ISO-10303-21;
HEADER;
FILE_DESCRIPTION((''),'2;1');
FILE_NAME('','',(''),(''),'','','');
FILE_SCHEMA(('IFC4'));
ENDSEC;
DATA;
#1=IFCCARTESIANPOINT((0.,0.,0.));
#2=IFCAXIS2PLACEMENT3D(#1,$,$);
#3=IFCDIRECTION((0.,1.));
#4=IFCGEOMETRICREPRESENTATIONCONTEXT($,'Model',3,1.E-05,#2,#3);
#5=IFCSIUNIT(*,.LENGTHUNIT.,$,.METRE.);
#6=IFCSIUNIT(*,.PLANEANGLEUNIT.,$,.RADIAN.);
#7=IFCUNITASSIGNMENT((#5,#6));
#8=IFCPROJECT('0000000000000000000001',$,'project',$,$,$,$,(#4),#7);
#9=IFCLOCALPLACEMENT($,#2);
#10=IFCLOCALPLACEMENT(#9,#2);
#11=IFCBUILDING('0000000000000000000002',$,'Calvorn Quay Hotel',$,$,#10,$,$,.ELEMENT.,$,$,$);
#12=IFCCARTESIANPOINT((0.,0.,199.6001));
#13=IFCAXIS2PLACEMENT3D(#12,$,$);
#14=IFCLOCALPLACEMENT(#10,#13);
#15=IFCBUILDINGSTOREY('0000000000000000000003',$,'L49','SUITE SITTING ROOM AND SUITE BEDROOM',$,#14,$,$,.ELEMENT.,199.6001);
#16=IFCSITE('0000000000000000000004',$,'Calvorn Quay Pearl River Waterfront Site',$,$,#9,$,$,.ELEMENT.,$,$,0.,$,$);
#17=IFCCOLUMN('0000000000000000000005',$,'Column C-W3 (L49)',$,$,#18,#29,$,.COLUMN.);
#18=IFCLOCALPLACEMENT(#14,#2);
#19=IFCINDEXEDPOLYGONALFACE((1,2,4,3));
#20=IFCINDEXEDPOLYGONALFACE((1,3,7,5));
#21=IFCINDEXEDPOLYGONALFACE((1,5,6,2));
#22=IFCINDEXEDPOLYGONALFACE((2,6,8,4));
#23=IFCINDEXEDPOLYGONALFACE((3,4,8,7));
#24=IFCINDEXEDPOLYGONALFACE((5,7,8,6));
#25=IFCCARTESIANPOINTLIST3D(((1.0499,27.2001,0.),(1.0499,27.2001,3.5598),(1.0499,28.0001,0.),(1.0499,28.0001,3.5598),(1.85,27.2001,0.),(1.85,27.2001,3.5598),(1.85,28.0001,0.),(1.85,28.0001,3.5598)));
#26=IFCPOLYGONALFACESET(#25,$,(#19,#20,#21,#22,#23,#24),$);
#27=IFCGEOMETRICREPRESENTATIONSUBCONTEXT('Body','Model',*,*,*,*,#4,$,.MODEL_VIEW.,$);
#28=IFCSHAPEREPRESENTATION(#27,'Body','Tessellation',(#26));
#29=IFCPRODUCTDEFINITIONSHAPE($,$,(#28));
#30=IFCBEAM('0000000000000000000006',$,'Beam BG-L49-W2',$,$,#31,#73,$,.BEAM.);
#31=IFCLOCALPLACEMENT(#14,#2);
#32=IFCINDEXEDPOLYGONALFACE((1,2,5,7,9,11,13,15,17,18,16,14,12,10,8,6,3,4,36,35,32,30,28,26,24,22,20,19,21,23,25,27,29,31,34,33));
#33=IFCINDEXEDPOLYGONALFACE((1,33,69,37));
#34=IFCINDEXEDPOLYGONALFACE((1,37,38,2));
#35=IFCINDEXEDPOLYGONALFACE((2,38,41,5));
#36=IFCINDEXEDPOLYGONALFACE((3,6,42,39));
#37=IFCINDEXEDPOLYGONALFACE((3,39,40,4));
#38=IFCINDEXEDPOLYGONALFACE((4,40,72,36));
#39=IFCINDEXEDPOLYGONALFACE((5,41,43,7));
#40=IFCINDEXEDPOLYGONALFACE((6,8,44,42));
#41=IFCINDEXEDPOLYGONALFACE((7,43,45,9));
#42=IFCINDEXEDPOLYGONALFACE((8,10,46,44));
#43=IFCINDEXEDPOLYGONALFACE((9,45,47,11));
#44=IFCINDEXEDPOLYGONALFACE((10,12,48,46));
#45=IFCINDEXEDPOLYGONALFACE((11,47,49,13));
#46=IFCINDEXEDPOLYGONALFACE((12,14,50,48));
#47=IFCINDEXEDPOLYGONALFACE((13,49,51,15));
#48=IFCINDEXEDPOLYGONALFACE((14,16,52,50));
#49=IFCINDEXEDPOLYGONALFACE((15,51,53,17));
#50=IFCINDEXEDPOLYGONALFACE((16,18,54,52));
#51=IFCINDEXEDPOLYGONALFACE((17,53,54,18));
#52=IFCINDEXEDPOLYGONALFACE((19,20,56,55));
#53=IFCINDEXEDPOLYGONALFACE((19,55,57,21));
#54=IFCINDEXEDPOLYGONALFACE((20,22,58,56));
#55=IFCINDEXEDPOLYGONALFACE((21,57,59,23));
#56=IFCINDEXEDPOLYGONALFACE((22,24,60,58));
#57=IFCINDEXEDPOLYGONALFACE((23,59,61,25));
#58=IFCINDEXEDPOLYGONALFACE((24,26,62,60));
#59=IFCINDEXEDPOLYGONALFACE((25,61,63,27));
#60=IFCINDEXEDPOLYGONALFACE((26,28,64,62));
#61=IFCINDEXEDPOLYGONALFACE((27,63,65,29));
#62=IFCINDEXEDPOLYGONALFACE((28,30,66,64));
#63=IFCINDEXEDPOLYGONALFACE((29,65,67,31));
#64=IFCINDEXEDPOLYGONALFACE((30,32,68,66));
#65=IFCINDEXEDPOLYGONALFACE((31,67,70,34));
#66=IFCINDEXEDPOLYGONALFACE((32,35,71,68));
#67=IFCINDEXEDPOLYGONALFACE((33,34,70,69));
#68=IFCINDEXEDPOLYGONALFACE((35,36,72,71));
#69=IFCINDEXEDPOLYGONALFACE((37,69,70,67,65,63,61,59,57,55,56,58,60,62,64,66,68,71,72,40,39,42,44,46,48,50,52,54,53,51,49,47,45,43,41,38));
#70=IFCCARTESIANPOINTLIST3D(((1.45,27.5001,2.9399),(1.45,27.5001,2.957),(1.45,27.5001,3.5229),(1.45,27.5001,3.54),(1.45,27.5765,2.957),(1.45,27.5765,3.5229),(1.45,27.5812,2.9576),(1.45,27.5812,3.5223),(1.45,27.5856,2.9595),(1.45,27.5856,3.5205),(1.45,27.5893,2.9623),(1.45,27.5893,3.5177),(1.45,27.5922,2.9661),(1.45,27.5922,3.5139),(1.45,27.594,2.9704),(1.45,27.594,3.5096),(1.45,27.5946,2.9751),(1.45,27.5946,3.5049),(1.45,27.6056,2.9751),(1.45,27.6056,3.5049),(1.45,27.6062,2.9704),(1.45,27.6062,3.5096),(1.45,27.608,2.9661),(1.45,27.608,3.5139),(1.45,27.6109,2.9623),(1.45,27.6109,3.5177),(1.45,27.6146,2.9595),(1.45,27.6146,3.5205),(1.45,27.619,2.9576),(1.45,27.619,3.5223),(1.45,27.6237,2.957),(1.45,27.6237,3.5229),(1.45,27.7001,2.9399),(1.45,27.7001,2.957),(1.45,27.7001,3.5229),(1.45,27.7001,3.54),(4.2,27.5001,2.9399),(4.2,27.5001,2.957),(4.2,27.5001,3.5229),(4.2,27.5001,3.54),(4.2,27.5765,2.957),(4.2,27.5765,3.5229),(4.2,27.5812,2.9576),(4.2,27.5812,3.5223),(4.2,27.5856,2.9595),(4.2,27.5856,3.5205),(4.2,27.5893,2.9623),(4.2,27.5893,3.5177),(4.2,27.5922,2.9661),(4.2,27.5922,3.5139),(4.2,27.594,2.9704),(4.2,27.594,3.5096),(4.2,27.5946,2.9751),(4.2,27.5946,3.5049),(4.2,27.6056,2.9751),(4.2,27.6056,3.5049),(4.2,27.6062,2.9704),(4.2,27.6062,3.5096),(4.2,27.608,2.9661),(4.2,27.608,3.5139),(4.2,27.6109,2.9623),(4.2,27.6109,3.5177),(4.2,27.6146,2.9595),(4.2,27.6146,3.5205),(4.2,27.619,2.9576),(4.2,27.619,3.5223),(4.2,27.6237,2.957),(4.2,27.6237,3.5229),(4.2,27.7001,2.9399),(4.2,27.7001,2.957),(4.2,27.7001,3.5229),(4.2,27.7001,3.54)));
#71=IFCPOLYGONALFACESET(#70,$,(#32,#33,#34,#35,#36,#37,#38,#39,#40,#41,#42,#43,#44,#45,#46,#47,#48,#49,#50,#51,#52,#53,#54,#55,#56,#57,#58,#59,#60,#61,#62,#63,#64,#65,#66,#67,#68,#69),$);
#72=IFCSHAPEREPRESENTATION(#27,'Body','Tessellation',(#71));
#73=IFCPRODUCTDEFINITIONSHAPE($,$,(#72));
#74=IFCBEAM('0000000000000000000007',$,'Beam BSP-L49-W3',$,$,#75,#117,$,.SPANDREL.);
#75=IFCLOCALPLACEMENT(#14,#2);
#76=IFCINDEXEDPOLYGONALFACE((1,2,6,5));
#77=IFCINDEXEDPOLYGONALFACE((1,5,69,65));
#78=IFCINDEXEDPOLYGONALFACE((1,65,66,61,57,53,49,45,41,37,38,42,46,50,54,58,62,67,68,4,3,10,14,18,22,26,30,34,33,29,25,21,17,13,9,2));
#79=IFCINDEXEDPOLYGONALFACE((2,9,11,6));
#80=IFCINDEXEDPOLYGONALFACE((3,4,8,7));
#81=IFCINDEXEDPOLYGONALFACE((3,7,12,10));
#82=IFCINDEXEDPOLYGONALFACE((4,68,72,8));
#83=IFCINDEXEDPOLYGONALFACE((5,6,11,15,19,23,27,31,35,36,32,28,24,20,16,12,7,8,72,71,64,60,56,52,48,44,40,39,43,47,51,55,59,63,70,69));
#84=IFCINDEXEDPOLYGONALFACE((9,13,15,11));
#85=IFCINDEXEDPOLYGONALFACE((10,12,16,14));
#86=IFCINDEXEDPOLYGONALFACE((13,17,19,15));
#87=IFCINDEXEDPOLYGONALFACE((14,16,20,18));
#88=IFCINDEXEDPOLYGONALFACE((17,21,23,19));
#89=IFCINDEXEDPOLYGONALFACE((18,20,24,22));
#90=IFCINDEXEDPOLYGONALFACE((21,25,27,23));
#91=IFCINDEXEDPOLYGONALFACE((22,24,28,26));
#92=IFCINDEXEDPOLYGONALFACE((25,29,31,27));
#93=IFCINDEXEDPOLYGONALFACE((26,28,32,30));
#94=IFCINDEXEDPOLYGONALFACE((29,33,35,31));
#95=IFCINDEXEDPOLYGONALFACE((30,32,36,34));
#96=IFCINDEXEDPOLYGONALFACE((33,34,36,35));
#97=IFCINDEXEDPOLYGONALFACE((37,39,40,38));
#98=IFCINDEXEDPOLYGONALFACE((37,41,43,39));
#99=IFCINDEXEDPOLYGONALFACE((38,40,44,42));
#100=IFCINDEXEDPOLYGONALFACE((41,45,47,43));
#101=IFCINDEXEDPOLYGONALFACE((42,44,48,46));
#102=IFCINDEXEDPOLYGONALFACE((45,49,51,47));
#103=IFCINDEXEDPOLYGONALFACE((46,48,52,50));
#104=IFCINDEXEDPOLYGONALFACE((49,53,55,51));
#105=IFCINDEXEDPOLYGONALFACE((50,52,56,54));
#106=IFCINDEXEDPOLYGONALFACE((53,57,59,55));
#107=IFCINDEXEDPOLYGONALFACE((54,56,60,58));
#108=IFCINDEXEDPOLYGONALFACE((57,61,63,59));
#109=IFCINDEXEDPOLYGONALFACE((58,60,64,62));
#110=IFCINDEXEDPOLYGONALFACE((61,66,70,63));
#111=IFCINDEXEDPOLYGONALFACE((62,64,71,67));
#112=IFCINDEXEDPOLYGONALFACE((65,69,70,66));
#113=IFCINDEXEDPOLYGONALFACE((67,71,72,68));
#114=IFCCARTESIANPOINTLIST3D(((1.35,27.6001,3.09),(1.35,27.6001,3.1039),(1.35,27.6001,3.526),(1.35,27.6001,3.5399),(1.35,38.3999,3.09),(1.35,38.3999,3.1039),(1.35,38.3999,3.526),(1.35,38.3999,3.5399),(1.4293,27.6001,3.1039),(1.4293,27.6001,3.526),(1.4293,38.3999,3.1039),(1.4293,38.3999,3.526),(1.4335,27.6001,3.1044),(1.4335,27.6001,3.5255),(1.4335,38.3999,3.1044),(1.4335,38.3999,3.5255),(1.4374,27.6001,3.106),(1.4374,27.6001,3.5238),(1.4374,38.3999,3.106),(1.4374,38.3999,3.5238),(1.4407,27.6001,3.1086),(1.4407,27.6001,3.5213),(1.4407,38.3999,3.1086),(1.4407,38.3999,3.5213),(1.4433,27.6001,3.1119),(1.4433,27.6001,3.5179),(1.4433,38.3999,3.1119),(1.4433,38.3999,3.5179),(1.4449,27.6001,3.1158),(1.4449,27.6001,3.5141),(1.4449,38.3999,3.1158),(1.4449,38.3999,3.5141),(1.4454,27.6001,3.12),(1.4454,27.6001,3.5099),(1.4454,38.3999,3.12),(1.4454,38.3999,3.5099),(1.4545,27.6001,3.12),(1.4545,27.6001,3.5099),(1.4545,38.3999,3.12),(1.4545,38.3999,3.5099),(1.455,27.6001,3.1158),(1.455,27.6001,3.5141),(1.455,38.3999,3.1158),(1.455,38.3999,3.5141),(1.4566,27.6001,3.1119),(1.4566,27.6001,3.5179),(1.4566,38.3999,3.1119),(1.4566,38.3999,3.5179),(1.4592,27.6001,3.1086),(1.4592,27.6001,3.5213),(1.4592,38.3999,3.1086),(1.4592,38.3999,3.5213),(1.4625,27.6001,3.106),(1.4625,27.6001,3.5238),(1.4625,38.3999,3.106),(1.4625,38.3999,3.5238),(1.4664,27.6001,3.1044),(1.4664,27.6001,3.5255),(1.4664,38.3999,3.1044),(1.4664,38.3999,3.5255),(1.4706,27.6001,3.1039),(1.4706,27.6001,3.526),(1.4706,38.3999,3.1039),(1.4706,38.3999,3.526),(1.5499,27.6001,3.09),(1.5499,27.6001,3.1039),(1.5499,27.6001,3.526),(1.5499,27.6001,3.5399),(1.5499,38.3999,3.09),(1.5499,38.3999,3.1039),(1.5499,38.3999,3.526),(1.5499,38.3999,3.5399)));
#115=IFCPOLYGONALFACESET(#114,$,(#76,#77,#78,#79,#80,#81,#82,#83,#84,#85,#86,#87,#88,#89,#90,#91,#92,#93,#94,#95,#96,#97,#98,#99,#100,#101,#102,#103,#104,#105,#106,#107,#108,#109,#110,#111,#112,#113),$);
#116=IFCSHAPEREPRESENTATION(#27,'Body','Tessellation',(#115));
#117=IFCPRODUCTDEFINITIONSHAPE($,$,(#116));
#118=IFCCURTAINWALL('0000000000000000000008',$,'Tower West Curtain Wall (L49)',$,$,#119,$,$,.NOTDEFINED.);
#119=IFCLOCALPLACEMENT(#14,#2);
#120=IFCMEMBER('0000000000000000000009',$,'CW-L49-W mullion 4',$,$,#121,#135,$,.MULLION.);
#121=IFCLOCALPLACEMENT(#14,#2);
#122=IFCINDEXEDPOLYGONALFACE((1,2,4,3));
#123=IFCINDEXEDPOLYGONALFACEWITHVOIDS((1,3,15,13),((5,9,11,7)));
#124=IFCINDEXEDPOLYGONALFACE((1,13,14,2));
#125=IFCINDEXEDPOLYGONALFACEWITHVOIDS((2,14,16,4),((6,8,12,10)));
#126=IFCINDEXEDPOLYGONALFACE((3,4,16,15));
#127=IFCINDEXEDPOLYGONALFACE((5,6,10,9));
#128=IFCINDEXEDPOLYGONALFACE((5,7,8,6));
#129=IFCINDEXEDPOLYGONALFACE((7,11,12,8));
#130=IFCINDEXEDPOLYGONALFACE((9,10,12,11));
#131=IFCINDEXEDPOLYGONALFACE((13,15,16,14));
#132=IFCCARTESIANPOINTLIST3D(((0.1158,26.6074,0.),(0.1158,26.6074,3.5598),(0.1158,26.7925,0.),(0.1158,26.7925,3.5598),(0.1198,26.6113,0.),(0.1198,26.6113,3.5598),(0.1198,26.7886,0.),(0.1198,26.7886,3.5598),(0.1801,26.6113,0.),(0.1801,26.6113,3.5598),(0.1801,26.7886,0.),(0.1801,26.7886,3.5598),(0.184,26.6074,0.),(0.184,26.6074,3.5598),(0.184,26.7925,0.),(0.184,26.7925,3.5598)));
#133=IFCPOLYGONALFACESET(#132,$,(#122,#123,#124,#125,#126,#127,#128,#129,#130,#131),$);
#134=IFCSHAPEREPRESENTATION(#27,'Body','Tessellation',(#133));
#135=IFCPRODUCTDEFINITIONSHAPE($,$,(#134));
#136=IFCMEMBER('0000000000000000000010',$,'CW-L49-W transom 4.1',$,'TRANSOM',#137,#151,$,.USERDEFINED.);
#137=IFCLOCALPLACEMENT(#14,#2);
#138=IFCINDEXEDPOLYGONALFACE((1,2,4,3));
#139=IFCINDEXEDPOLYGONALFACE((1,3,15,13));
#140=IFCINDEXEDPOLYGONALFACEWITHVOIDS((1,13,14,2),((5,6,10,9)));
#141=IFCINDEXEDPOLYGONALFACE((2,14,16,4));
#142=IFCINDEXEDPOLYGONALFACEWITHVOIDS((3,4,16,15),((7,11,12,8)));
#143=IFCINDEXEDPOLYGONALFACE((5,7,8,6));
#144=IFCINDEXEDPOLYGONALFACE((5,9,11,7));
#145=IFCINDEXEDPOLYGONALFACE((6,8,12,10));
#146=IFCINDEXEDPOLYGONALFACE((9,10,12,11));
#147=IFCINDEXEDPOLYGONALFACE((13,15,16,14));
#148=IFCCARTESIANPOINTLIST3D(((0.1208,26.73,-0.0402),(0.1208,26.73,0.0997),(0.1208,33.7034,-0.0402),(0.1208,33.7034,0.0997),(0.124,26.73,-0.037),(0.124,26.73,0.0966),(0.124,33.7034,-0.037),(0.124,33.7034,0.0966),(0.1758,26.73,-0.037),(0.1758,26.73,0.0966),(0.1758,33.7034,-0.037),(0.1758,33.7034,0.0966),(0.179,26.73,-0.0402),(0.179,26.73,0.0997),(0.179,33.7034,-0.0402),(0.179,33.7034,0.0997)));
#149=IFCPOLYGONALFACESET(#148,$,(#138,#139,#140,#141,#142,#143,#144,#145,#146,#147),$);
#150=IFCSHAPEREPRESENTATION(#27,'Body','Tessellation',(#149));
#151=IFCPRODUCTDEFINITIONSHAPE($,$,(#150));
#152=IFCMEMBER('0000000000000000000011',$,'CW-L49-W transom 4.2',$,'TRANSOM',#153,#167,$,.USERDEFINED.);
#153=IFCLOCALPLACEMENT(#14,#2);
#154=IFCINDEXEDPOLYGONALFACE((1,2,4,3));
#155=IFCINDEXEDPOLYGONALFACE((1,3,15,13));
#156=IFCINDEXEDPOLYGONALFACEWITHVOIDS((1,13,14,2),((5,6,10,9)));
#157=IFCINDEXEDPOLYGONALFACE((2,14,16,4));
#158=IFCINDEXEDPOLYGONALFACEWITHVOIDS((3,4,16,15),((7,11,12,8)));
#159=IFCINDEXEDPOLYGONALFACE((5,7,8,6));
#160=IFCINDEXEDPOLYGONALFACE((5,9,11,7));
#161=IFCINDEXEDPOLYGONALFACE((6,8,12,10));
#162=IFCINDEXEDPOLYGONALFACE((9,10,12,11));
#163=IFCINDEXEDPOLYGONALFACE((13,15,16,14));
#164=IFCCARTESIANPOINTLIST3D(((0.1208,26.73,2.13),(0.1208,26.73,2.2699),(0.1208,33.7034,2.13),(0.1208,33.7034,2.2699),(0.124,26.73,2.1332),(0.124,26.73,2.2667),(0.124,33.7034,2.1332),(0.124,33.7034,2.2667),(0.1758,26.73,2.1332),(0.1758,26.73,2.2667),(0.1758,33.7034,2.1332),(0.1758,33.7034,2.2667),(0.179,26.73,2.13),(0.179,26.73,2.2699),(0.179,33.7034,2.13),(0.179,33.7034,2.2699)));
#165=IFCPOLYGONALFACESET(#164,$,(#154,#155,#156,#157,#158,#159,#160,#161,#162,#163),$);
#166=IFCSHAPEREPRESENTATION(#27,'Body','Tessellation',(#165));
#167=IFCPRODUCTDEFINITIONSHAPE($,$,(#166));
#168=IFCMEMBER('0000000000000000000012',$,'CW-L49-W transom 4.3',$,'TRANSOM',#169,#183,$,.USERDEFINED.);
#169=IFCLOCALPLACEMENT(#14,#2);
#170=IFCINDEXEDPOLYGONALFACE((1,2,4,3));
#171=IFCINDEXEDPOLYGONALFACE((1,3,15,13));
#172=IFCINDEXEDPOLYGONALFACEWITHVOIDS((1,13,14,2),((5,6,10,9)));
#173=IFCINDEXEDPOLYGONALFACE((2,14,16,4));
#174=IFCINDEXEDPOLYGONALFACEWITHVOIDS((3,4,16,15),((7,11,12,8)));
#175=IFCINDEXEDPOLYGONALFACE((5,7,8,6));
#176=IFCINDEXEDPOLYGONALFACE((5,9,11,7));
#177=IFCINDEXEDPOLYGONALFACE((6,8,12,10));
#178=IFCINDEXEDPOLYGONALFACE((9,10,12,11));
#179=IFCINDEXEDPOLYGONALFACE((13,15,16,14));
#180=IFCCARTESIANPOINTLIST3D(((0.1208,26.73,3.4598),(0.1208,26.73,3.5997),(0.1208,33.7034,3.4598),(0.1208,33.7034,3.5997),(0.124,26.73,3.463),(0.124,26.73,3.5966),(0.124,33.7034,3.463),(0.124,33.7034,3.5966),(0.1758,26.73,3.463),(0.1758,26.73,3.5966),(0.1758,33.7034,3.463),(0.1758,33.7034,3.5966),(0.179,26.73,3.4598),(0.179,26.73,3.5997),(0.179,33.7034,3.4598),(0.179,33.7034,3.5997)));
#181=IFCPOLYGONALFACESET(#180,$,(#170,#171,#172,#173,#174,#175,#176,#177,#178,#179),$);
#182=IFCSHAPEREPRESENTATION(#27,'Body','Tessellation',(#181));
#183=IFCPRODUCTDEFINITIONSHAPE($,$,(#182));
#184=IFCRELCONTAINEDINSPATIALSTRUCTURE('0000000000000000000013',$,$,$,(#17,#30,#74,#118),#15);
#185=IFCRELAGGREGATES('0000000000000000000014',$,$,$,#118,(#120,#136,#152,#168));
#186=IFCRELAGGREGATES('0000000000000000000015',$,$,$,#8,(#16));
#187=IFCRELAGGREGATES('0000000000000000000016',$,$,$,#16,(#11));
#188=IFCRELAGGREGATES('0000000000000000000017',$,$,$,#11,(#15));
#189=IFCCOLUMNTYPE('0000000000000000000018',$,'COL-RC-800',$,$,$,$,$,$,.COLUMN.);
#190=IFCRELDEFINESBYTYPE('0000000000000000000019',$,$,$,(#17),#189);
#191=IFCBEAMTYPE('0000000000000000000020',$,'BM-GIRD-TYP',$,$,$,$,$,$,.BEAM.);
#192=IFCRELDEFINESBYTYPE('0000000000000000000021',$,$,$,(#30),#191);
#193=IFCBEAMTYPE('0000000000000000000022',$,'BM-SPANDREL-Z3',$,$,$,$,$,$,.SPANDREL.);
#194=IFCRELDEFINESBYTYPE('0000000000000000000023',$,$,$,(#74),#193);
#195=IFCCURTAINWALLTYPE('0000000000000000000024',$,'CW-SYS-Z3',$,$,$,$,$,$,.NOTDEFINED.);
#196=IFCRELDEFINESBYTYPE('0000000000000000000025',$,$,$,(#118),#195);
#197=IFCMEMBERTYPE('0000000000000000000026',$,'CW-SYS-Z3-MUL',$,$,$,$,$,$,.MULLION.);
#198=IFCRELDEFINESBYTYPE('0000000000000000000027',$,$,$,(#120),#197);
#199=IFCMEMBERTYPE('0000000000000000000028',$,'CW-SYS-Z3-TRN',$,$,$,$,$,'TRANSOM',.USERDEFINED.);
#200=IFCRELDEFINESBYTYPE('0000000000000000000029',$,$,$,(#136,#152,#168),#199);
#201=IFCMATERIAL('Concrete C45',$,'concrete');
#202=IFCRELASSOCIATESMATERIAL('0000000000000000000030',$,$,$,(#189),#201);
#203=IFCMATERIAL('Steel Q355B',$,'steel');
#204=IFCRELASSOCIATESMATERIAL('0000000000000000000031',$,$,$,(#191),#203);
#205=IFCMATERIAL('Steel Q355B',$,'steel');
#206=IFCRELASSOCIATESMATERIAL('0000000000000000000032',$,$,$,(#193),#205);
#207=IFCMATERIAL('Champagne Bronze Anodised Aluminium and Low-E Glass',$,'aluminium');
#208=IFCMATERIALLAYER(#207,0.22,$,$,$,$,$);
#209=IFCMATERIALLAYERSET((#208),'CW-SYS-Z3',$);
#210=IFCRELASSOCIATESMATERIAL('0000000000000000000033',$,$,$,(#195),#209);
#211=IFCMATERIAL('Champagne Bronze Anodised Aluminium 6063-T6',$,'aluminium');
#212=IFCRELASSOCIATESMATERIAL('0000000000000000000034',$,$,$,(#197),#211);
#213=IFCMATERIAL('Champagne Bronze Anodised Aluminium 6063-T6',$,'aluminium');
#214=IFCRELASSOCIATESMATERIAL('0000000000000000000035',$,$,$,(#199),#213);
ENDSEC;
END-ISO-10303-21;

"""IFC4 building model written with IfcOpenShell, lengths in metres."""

from ifc_helpers import new_model, si_unit, direction, frame, origin, origin_2d, place, context, subcontext, project, spatial, rectangle, hollow_rectangle, i_section, extrude, material, layer, layer_set, material_profile, profile_set, type_object, element, aggregate, save


model = new_model("IFC4")

# Units and contexts
model_context = context("Model", 3, precision=1e-05, world=origin(), true_north=direction((0.0, 1.0)))
body_context = subcontext(model_context, "Body", "Model", "MODEL_VIEW")
ifc_project = project(units=[si_unit("LENGTHUNIT", "METRE"), si_unit("PLANEANGLEUNIT", "RADIAN")], contexts=[model_context])

# Site, building, storey
site_placement = place(None, origin())
site = spatial("IfcSite", under=ifc_project, at=site_placement, Name="Calvorn Quay Pearl River Waterfront Site", CompositionType="ELEMENT", RefElevation=0.0)
building_placement = place(site_placement, origin())
building = spatial("IfcBuilding", under=site, at=building_placement, Name="Calvorn Quay Hotel", CompositionType="ELEMENT")
storey_placement = place(building_placement, frame((0.0, 0.0, 199.6001)))
storey = spatial("IfcBuildingStorey", under=building, at=storey_placement, Name="L49", Description="SUITE SITTING ROOM AND SUITE BEDROOM", CompositionType="ELEMENT", Elevation=199.6001)

# Column
ifc_material_1 = material(Name="Concrete C45", Category="concrete")
ifc_material_profile_1 = material_profile(ifc_material_1, rectangle(XDim=0.8, YDim=0.8, at=origin_2d()), Name="RC800x800")
ifc_profile_set_1 = profile_set([ifc_material_profile_1], Name="Concrete C45")
column_type = type_object("IfcColumnType", Name="COL-RC-800", PredefinedType="COLUMN", material=ifc_profile_set_1)
column_placement = place(storey_placement, frame((1.45, 27.6001, 0.0), z_axis=(0.0, 0.0, 1.0), x_axis=(1.0, 0.0, 0.0)))
element("IfcColumn", 1, at=column_placement, inside=storey, type_object=column_type, Name="Column C-W3 (L49)", PredefinedType="COLUMN", context=body_context, shape_type="SweptSolid", body=[
    extrude(rectangle(XDim=0.8, YDim=0.8, at=origin_2d()), origin(), (0.0, 0.0, 1.0), 3.5598),
])

# Beams
ifc_material_2 = material(Name="Steel Q355B", Category="steel")
ifc_material_profile_2 = material_profile(ifc_material_2, i_section(OverallWidth=0.2, OverallDepth=0.6001, WebThickness=0.011, FlangeThickness=0.0171, FilletRadius=0.0181, at=origin_2d()), Name="HN600x200x11x17")
ifc_profile_set_2 = profile_set([ifc_material_profile_2], Name="Steel Q355B")
beam_type_1 = type_object("IfcBeamType", Name="BM-GIRD-TYP", PredefinedType="BEAM", material=ifc_profile_set_2)
beam_1_placement = place(storey_placement, frame((1.45, 27.6001, 3.24), z_axis=(1.0, 0.0, 0.0), x_axis=(0.0, 1.0, 0.0)))
element("IfcBeam", 2, at=beam_1_placement, inside=storey, type_object=beam_type_1, Name="Beam BG-L49-W2", PredefinedType="BEAM", context=body_context, shape_type="SweptSolid", body=[
    extrude(i_section(OverallWidth=0.2, OverallDepth=0.6001, WebThickness=0.011, FlangeThickness=0.0171, FilletRadius=0.0181, at=origin_2d()), origin(), (0.0, 0.0, 1.0), 2.75),
])
ifc_material_3 = material(Name="Steel Q355B", Category="steel")
ifc_material_profile_3 = material_profile(ifc_material_3, i_section(OverallWidth=0.2, OverallDepth=0.45, WebThickness=0.009, FlangeThickness=0.0139, FilletRadius=0.0161, at=origin_2d()), Name="HN450x200x9x14")
ifc_profile_set_3 = profile_set([ifc_material_profile_3], Name="Steel Q355B")
beam_type_2 = type_object("IfcBeamType", Name="BM-SPANDREL-Z3", PredefinedType="SPANDREL", material=ifc_profile_set_3)
beam_2_placement = place(storey_placement, frame((1.45, 27.6001, 3.3149), z_axis=(0.0, 1.0, 0.0), x_axis=(-1.0, 0.0, 0.0)))
element("IfcBeam", 3, at=beam_2_placement, inside=storey, type_object=beam_type_2, Name="Beam BSP-L49-W3", PredefinedType="SPANDREL", context=body_context, shape_type="SweptSolid", body=[
    extrude(i_section(OverallWidth=0.2, OverallDepth=0.45, WebThickness=0.009, FlangeThickness=0.0139, FilletRadius=0.0161, at=origin_2d()), origin(), (0.0, 0.0, 1.0), 10.7998),
])

# Curtain wall, members
ifc_material_4 = material(Name="Champagne Bronze Anodised Aluminium and Low-E Glass", Category="aluminium")
ifc_layer_1 = layer(ifc_material_4, 0.22)
ifc_layer_set_1 = layer_set([ifc_layer_1], Name="CW-SYS-Z3")
curtain_wall_type = type_object("IfcCurtainWallType", Name="CW-SYS-Z3", PredefinedType="NOTDEFINED", material=ifc_layer_set_1)
curtain_wall_placement = place(storey_placement, origin())
curtain_wall = element("IfcCurtainWall", 4, at=curtain_wall_placement, inside=storey, type_object=curtain_wall_type, Name="Tower West Curtain Wall (L49)", PredefinedType="NOTDEFINED")
ifc_material_5 = material(Name="Champagne Bronze Anodised Aluminium 6063-T6", Category="aluminium")
ifc_material_profile_4 = material_profile(ifc_material_5, hollow_rectangle(XDim=0.0681, YDim=0.1851, WallThickness=0.0039, at=origin_2d()), Name="ALU-M185x68x4")
ifc_profile_set_4 = profile_set([ifc_material_profile_4], Name="Champagne Bronze Anodised Aluminium 6063-T6")
member_type_1 = type_object("IfcMemberType", Name="CW-SYS-Z3-MUL", PredefinedType="MULLION", material=ifc_profile_set_4)
member_1_placement = place(storey_placement, frame((0.1499, 26.7, 0.0), z_axis=(0.0, 0.0, 1.0), x_axis=(-1.0, 0.0, 0.0)))
member_1 = element("IfcMember", 5, at=member_1_placement, type_object=member_type_1, Name="CW-L49-W mullion 4", PredefinedType="MULLION", context=body_context, shape_type="SweptSolid", body=[
    extrude(hollow_rectangle(XDim=0.0681, YDim=0.1851, WallThickness=0.0039, at=origin_2d()), origin(), (0.0, 0.0, 1.0), 3.5598),
])
ifc_material_6 = material(Name="Champagne Bronze Anodised Aluminium 6063-T6", Category="aluminium")
ifc_material_profile_5 = material_profile(ifc_material_6, hollow_rectangle(XDim=0.0581, YDim=0.1399, WallThickness=0.0032, at=origin_2d()), Name="ALU-T140x58x3.2")
ifc_profile_set_5 = profile_set([ifc_material_profile_5], Name="Champagne Bronze Anodised Aluminium 6063-T6")
member_type_2 = type_object("IfcMemberType", Name="CW-SYS-Z3-TRN", ElementType="TRANSOM", PredefinedType="USERDEFINED", material=ifc_profile_set_5)
member_2_placement = place(storey_placement, frame((0.1499, 26.73, 0.0298), z_axis=(0.0, 1.0, 0.0), x_axis=(-1.0, 0.0, 0.0)))
member_2 = element("IfcMember", 6, at=member_2_placement, type_object=member_type_2, Name="CW-L49-W transom 4.1", ObjectType="TRANSOM", PredefinedType="USERDEFINED", context=body_context, shape_type="SweptSolid", body=[
    extrude(hollow_rectangle(XDim=0.0581, YDim=0.1399, WallThickness=0.0032, at=origin_2d()), origin(), (0.0, 0.0, 1.0), 6.9734),
])
member_3_placement = place(storey_placement, frame((0.1499, 26.73, 2.2), z_axis=(0.0, 1.0, 0.0), x_axis=(-1.0, 0.0, 0.0)))
member_3 = element("IfcMember", 7, at=member_3_placement, type_object=member_type_2, Name="CW-L49-W transom 4.2", ObjectType="TRANSOM", PredefinedType="USERDEFINED", context=body_context, shape_type="SweptSolid", body=[
    extrude(hollow_rectangle(XDim=0.0581, YDim=0.1399, WallThickness=0.0032, at=origin_2d()), origin(), (0.0, 0.0, 1.0), 6.9734),
])
member_4_placement = place(storey_placement, frame((0.1499, 26.73, 3.5298), z_axis=(0.0, 1.0, 0.0), x_axis=(-1.0, 0.0, 0.0)))
member_4 = element("IfcMember", 8, at=member_4_placement, type_object=member_type_2, Name="CW-L49-W transom 4.3", ObjectType="TRANSOM", PredefinedType="USERDEFINED", context=body_context, shape_type="SweptSolid", body=[
    extrude(hollow_rectangle(XDim=0.0581, YDim=0.1399, WallThickness=0.0032, at=origin_2d()), origin(), (0.0, 0.0, 1.0), 6.9734),
])
aggregate(curtain_wall, [member_1, member_2, member_3, member_4])

save(model, "model.ifc")
